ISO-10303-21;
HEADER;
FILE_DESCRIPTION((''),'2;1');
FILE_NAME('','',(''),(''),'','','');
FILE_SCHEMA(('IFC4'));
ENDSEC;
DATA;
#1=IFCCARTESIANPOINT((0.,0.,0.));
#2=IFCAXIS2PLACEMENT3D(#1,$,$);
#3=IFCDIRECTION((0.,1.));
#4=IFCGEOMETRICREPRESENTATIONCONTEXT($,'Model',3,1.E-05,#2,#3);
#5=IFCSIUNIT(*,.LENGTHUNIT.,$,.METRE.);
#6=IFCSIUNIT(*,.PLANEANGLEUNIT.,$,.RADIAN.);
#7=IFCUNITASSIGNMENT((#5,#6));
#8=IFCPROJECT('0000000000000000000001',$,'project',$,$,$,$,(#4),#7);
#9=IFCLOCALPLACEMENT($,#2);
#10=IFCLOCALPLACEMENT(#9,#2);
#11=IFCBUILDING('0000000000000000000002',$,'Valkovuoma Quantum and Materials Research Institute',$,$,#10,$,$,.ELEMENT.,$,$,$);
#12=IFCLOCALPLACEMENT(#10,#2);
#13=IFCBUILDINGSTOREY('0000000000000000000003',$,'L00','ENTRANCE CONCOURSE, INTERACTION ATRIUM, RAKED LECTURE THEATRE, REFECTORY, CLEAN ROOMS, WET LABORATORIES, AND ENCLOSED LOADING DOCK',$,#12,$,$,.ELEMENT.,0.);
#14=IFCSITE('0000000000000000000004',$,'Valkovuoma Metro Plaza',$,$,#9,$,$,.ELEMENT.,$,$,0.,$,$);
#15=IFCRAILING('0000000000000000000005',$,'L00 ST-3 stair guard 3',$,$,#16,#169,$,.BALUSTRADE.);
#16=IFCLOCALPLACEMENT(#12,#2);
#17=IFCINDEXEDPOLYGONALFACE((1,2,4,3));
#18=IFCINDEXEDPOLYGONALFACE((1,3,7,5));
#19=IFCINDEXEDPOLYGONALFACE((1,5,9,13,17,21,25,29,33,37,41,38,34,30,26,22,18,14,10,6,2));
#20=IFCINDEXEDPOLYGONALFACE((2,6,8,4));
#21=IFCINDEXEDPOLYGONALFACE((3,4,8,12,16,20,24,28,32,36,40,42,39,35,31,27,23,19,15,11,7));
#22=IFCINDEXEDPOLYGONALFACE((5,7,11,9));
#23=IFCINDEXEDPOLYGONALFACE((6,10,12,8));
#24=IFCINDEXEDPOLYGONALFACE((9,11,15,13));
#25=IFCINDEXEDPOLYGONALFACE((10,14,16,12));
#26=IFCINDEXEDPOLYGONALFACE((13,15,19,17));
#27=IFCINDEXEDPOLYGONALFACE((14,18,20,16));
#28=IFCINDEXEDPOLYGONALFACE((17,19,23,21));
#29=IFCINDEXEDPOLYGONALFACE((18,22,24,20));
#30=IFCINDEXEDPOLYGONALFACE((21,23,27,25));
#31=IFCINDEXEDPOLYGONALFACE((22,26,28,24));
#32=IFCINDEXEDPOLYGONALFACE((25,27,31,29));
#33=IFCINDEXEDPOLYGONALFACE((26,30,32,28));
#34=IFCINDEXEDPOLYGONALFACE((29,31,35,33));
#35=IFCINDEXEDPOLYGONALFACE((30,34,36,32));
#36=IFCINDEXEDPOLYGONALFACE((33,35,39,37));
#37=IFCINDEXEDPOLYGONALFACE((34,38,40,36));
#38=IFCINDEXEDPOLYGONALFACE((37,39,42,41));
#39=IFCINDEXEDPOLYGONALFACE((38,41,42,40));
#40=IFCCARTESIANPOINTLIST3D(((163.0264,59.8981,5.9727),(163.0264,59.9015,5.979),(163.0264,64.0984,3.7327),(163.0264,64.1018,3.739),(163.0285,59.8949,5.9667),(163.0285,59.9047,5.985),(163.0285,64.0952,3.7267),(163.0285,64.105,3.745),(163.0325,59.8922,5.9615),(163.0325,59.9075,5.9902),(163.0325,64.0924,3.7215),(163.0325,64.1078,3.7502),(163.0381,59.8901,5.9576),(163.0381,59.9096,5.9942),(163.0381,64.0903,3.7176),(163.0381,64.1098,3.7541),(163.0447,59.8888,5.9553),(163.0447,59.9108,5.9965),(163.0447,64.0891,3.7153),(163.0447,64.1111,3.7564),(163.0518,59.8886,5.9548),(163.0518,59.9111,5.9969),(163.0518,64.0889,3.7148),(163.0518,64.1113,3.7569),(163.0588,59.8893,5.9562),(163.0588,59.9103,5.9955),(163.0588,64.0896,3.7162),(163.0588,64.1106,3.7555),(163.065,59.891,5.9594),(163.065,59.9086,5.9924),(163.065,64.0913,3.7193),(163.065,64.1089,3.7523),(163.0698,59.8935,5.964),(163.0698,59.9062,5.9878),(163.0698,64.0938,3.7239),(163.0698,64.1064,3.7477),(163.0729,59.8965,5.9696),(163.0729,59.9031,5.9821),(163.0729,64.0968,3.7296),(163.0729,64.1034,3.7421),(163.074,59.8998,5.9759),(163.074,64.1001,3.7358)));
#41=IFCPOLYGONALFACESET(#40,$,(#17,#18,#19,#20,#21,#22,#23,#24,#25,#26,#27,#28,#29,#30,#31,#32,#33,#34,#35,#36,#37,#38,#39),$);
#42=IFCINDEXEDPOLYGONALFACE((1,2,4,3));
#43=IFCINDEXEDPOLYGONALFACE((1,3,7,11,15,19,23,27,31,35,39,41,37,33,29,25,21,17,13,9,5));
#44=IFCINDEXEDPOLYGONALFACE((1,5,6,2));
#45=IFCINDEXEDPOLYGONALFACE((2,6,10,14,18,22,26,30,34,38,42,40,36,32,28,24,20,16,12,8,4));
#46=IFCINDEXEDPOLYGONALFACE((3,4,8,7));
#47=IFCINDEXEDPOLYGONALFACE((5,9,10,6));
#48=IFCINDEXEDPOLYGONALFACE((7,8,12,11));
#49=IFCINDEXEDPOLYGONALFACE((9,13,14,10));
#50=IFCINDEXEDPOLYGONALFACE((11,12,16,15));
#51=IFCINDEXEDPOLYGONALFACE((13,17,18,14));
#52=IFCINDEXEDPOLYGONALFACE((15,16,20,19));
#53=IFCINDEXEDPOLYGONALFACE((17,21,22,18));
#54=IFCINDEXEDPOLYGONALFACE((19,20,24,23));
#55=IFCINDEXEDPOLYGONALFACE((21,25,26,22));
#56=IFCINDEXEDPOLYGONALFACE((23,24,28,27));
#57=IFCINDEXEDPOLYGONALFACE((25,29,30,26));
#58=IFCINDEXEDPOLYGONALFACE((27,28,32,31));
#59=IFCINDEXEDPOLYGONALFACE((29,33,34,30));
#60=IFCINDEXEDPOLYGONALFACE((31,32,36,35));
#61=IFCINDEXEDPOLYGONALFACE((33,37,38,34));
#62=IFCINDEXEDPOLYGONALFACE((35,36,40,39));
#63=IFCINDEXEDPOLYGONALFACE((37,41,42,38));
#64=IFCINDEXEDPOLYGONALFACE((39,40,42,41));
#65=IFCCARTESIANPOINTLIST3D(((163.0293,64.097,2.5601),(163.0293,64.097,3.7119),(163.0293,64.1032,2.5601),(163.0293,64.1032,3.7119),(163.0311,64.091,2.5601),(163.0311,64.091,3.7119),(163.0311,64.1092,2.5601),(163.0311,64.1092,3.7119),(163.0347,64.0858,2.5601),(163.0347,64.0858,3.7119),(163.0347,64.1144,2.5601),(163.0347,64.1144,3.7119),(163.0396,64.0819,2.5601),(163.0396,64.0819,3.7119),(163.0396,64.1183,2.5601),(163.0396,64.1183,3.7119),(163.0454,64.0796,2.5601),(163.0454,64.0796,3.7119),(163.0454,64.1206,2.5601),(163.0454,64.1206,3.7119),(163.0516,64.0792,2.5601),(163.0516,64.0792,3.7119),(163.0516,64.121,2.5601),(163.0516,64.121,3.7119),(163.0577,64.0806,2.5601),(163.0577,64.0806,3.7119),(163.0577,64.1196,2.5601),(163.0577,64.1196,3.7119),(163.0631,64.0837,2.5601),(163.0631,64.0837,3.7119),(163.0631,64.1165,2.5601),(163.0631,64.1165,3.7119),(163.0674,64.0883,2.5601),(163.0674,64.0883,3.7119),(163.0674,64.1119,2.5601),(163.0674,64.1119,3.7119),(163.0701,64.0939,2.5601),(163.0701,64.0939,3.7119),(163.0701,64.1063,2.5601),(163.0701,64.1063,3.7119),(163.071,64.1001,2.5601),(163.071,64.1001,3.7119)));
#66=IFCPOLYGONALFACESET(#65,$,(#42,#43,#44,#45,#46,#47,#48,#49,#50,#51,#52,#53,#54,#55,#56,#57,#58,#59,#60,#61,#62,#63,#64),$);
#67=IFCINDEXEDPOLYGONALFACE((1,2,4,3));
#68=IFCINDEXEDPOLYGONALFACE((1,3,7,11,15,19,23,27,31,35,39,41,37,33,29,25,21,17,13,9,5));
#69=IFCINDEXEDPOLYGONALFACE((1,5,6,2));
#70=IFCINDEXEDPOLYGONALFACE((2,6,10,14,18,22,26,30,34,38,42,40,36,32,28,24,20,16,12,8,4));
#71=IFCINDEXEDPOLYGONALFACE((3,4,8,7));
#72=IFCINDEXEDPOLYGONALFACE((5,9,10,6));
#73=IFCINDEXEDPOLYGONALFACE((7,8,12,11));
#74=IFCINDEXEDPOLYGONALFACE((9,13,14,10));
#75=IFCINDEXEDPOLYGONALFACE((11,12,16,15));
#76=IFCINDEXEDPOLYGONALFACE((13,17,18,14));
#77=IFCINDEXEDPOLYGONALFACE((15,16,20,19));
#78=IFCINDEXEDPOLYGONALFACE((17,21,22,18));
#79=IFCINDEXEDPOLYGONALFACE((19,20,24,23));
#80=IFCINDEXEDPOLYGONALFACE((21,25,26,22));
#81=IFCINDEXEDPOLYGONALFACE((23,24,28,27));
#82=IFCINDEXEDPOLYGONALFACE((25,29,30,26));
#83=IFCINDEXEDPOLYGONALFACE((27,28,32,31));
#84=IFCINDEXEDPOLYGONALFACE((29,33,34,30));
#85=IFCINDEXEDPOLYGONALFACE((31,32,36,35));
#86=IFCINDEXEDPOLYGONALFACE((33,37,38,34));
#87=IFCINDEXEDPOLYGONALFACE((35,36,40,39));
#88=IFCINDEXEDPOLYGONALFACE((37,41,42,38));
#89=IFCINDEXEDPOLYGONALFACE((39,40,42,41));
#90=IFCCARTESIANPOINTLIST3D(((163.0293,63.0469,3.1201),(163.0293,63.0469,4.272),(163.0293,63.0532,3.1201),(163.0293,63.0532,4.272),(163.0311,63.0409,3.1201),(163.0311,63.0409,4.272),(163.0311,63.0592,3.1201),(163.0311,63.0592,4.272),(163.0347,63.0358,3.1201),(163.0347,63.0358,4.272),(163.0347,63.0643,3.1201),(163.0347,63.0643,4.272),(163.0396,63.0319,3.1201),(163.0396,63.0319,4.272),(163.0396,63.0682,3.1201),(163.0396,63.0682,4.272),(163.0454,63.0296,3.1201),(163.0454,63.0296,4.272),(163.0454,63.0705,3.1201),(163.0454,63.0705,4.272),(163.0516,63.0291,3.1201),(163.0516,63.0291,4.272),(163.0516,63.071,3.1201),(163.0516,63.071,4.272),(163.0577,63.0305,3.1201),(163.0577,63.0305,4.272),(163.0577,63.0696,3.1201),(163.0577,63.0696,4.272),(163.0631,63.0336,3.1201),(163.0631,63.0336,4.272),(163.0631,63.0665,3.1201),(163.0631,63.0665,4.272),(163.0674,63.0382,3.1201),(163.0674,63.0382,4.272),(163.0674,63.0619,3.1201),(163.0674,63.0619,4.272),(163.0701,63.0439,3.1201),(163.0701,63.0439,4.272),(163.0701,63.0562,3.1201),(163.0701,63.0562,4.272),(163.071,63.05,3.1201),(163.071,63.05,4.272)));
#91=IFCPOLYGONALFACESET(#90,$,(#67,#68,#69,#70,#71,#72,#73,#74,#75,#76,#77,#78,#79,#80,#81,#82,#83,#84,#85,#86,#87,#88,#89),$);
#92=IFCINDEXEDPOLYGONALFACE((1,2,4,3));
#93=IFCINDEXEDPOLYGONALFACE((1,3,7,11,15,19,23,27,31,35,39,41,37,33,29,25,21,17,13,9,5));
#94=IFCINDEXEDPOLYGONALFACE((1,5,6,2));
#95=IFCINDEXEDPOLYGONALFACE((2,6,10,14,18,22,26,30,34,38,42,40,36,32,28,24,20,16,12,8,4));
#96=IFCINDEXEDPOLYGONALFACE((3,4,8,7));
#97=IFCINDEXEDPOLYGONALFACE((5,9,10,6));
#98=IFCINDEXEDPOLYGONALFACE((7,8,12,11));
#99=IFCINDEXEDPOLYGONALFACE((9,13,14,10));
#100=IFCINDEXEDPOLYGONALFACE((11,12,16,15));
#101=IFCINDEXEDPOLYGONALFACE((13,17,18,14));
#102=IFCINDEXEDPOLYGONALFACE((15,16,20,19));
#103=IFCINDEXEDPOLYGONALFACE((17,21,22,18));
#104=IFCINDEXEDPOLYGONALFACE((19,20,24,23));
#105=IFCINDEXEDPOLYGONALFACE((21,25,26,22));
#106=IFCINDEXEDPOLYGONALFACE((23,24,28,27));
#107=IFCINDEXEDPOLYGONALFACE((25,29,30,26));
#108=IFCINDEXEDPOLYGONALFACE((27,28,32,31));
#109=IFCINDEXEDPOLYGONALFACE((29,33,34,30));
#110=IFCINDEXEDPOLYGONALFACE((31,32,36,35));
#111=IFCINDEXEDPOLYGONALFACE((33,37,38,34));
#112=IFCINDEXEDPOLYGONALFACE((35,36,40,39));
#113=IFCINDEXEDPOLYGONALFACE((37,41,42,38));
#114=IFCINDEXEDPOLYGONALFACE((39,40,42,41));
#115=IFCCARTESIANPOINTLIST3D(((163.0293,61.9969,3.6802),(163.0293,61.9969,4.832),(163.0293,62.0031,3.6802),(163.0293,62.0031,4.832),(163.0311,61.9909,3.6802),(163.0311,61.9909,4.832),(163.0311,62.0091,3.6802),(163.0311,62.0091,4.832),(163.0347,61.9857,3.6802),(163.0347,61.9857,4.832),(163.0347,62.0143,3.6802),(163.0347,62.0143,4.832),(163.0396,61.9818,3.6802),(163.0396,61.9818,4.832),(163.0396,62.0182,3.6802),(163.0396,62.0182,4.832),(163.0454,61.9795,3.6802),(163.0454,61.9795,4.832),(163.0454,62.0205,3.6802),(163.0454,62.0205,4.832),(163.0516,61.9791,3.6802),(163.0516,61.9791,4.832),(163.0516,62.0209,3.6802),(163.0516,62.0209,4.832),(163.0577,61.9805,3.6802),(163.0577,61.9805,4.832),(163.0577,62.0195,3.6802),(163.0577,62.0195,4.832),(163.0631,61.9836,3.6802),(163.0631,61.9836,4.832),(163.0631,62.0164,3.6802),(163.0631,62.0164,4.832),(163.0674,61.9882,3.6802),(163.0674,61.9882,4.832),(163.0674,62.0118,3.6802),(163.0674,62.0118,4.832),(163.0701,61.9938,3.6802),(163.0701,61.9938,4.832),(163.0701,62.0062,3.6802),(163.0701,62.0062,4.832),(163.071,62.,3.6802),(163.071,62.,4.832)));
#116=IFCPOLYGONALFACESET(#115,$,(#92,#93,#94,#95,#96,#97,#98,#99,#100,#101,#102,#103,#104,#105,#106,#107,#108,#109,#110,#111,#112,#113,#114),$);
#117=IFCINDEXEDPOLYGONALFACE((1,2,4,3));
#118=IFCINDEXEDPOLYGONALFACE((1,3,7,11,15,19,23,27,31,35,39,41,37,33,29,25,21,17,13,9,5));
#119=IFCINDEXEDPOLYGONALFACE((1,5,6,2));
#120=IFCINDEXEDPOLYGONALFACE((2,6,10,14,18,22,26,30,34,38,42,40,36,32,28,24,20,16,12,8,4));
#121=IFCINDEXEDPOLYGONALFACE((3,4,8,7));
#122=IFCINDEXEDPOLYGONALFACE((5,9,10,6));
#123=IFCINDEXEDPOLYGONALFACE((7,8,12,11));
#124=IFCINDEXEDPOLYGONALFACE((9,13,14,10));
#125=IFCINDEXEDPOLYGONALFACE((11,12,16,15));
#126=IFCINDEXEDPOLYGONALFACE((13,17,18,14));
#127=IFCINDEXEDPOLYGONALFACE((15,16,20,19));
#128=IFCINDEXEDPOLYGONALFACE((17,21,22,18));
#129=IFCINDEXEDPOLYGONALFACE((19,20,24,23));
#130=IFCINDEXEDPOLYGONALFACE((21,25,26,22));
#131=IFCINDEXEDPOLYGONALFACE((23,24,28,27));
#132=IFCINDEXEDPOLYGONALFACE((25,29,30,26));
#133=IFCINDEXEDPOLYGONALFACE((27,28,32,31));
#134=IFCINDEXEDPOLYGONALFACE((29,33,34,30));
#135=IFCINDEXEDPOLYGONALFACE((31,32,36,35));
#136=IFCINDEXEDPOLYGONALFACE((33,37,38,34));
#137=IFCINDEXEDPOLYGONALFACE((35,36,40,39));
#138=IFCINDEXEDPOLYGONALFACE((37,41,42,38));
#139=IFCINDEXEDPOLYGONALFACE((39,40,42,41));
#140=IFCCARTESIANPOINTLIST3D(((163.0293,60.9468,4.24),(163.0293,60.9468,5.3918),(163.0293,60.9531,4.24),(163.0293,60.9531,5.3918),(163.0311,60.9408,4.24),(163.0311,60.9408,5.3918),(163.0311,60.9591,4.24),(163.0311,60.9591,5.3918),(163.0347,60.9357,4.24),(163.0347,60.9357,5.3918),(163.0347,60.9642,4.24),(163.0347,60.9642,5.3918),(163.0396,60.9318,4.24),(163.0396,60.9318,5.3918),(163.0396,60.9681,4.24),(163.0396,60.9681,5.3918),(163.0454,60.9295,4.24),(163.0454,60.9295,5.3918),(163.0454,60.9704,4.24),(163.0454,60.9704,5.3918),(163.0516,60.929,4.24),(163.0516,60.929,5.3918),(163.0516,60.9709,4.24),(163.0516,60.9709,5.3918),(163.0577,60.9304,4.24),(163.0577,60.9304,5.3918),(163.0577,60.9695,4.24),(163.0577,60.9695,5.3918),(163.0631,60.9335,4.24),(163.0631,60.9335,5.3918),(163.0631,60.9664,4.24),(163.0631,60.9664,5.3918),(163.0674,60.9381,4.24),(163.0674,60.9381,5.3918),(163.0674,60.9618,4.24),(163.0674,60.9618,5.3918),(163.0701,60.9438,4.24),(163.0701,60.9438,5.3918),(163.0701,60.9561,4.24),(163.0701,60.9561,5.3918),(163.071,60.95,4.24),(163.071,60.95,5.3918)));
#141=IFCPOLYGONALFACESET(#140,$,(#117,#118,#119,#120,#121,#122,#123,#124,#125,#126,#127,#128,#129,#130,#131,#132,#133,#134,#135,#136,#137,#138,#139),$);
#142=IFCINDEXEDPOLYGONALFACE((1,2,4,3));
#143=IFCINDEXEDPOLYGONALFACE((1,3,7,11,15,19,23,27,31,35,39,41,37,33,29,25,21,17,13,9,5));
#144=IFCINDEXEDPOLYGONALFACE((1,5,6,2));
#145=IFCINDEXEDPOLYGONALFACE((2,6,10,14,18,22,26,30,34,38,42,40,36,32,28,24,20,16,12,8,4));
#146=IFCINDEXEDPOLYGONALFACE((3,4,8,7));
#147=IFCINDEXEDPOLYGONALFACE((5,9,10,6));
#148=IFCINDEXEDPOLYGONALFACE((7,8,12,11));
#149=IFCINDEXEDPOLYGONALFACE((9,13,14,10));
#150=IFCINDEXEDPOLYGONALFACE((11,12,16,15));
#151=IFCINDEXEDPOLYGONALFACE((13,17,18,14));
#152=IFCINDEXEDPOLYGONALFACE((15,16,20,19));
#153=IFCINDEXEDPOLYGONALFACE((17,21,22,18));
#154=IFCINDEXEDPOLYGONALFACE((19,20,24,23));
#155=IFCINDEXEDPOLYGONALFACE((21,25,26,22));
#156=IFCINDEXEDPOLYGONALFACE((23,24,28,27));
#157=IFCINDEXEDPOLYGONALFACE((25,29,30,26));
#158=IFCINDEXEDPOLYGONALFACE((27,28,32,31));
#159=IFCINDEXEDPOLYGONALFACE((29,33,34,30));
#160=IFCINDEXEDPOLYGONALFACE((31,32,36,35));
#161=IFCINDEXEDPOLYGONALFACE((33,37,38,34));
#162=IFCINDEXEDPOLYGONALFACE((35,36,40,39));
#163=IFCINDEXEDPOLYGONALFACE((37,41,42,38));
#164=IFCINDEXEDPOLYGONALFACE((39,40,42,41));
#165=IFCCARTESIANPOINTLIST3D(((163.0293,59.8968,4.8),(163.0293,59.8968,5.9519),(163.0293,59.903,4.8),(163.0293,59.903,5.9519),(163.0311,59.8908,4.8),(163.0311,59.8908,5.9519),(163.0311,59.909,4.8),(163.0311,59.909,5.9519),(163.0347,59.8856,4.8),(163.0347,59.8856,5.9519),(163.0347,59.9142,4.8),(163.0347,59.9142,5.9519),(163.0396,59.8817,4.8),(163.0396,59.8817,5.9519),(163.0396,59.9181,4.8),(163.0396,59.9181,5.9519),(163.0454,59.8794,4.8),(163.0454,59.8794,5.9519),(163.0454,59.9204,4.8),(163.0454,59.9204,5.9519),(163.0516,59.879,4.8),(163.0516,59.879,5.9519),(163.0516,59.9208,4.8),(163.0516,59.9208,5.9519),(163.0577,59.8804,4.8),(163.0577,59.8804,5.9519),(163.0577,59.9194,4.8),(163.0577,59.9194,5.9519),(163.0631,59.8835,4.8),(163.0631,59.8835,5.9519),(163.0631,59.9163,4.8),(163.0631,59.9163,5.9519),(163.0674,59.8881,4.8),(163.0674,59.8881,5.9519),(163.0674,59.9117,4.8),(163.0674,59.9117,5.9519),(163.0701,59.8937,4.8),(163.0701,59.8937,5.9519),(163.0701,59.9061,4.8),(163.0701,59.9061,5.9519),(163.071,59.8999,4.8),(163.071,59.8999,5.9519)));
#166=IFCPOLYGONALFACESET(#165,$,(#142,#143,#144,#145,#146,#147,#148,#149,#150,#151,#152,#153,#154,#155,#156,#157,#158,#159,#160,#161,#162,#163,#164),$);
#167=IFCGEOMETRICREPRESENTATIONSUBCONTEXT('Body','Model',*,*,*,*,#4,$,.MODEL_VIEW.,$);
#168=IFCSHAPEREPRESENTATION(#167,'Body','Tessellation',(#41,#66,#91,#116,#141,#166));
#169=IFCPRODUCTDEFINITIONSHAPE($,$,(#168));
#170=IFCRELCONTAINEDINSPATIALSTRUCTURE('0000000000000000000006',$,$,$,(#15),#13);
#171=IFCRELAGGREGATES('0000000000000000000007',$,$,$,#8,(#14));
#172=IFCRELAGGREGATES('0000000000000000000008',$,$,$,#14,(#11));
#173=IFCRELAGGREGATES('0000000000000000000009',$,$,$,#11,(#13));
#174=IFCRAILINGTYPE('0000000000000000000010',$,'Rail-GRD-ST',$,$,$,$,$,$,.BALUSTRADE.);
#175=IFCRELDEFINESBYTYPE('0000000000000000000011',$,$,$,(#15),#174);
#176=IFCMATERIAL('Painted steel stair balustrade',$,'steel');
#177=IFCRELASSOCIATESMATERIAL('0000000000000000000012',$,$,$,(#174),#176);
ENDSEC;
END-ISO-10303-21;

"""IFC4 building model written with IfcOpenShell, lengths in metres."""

from ifc_helpers import new_model, si_unit, direction, frame, origin, origin_2d, place, context, subcontext, project, spatial, circle, extrude, material, type_object, element, save


model = new_model("IFC4")

# Units and contexts
model_context = context("Model", 3, precision=1e-05, world=origin(), true_north=direction((0.0, 1.0)))
body_context = subcontext(model_context, "Body", "Model", "MODEL_VIEW")
ifc_project = project(units=[si_unit("LENGTHUNIT", "METRE"), si_unit("PLANEANGLEUNIT", "RADIAN")], contexts=[model_context])

# Site, building, storey
site_placement = place(None, origin())
site = spatial("IfcSite", under=ifc_project, at=site_placement, Name="Valkovuoma Metro Plaza", CompositionType="ELEMENT", RefElevation=0.0)
building_placement = place(site_placement, origin())
building = spatial("IfcBuilding", under=site, at=building_placement, Name="Valkovuoma Quantum and Materials Research Institute", CompositionType="ELEMENT")
storey_placement = place(building_placement, origin())
storey = spatial("IfcBuildingStorey", under=building, at=storey_placement, Name="L00", Description="ENTRANCE CONCOURSE, INTERACTION ATRIUM, RAKED LECTURE THEATRE, REFECTORY, CLEAN ROOMS, WET LABORATORIES, AND ENCLOSED LOADING DOCK", CompositionType="ELEMENT", Elevation=0.0)

# Railing
ifc_material_1 = material(Name="Painted steel stair balustrade", Category="steel")
railing_type_1 = type_object("IfcRailingType", Name="Rail-GRD-ST", PredefinedType="BALUSTRADE", material=ifc_material_1)
railing_1_placement = place(storey_placement, frame((163.05, 64.1001, 2.5601)))
element("IfcRailing", 1, at=railing_1_placement, inside=storey, type_object=railing_type_1, Name="L00 ST-3 stair guard 3", PredefinedType="BALUSTRADE", context=body_context, shape_type="SweptSolid", body=[
    extrude(circle(Radius=0.0239, at=origin_2d()), frame((0.0, 0.0, 1.1758), z_axis=(0.0, -0.882363, 0.47057), x_axis=(1.0, 0.0, 0.0)), (0.0, 0.0, 1.0), 4.7603),
    extrude(circle(Radius=0.021, at=origin_2d()), origin(), (0.0, 0.0, 1.0), 1.1519),
    extrude(circle(Radius=0.021, at=origin_2d()), frame((0.0, -1.05, 0.5601)), (0.0, 0.0, 1.0), 1.1519),
    extrude(circle(Radius=0.021, at=origin_2d()), frame((0.0, -2.1001, 1.1201)), (0.0, 0.0, 1.0), 1.1519),
    extrude(circle(Radius=0.021, at=origin_2d()), frame((0.0, -3.1501, 1.6799)), (0.0, 0.0, 1.0), 1.1519),
    extrude(circle(Radius=0.021, at=origin_2d()), frame((0.0, -4.2002, 2.24)), (0.0, 0.0, 1.0), 1.1519),
])

save(model, "model.ifc")
